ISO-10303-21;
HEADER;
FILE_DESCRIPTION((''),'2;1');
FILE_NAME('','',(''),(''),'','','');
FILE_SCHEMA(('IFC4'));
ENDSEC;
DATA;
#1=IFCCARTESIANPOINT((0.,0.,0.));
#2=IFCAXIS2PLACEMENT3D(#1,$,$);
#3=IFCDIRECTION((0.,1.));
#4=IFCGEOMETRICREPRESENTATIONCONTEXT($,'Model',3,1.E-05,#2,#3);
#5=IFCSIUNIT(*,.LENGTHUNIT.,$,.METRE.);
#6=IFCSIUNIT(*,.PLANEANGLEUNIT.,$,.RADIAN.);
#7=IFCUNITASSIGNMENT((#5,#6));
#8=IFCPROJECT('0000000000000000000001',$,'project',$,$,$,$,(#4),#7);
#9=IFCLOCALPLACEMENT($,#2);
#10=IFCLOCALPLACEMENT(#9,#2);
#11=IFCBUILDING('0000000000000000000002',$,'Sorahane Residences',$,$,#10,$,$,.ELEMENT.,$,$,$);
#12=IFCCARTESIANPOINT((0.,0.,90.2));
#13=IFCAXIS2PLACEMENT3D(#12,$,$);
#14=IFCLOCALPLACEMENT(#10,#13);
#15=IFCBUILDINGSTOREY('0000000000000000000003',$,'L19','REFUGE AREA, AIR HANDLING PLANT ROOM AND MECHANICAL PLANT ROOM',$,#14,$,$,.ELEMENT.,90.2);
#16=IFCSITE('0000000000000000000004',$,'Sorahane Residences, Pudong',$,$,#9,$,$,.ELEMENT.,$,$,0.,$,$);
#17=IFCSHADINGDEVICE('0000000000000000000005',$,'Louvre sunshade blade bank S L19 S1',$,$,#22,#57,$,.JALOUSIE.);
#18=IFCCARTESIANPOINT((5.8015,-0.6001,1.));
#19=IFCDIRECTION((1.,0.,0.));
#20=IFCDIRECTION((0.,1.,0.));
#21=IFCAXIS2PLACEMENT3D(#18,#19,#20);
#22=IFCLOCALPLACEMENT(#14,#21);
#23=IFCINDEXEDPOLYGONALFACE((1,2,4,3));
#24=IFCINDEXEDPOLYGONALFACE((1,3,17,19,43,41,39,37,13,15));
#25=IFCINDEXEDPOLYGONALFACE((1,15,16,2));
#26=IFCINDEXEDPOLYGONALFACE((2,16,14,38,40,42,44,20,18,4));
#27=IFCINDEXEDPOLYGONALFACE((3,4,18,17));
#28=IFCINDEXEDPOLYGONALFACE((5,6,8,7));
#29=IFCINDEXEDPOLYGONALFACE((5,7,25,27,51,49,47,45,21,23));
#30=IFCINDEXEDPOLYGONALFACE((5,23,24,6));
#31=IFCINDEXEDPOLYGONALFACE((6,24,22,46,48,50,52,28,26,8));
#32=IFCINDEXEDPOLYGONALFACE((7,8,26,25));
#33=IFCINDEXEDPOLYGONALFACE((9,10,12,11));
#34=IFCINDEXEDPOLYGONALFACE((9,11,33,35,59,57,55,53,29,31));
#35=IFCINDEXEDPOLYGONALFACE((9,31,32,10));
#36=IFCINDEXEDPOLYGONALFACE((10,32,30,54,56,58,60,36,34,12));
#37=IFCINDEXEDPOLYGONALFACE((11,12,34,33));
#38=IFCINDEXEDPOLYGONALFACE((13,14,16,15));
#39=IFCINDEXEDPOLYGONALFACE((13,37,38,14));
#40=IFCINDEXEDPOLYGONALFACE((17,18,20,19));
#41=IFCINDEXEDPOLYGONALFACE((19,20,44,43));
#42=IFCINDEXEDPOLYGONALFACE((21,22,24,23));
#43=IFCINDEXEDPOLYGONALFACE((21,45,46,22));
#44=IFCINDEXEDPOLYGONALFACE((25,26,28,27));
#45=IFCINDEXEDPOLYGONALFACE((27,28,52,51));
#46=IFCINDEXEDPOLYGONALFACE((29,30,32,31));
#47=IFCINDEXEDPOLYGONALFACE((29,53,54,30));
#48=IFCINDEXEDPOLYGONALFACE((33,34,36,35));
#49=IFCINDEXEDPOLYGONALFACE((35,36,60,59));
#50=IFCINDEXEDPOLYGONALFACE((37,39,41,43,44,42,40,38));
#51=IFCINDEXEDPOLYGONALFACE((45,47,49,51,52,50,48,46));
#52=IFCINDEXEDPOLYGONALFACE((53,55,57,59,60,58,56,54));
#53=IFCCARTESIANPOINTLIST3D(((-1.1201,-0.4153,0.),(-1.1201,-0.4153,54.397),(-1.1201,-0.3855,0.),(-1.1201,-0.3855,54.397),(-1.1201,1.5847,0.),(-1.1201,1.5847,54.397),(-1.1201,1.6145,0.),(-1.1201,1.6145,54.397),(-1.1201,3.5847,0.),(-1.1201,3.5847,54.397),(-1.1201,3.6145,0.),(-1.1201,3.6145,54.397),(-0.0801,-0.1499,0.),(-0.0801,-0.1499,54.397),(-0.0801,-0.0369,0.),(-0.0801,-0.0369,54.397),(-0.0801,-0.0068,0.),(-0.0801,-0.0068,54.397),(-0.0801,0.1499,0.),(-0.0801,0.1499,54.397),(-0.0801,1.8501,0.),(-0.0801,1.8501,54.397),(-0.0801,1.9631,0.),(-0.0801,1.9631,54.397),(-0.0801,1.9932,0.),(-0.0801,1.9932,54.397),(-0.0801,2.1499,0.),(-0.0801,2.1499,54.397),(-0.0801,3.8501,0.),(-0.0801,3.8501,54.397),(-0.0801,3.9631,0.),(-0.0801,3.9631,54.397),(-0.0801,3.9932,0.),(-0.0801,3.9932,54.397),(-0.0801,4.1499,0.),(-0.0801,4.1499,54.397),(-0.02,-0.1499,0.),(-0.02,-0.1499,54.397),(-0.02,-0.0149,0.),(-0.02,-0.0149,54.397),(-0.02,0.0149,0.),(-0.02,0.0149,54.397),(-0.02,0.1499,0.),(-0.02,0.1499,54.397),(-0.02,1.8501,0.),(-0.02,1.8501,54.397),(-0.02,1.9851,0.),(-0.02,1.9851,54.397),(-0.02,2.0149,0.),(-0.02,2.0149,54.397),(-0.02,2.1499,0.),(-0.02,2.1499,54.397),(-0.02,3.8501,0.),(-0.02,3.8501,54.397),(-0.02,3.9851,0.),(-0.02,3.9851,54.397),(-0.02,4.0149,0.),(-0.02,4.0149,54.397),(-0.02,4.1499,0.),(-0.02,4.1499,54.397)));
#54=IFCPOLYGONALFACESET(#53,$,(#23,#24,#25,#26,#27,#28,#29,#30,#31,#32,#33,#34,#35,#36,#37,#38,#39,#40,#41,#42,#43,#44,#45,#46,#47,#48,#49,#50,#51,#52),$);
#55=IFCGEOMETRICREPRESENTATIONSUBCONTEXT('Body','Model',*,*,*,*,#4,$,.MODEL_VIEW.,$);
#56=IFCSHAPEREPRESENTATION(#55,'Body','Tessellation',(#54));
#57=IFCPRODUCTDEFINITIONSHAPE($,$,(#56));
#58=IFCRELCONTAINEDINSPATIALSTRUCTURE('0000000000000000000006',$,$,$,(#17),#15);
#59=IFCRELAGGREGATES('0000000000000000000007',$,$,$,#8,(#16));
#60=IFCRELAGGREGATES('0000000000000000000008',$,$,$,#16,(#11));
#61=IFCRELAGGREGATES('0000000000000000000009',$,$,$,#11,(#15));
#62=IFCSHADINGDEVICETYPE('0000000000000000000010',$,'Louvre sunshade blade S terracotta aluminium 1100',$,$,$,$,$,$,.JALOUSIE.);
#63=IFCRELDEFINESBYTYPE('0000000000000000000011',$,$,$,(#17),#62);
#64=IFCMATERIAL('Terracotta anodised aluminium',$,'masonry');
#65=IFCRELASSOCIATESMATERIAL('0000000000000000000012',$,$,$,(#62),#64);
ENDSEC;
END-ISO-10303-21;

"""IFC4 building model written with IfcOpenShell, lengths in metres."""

from ifc_helpers import new_model, si_unit, direction, frame, origin, place, context, subcontext, project, spatial, polyline, outline, composite_profile, extrude, material, type_object, element, save


model = new_model("IFC4")

# Units and contexts
model_context = context("Model", 3, precision=1e-05, world=origin(), true_north=direction((0.0, 1.0)))
body_context = subcontext(model_context, "Body", "Model", "MODEL_VIEW")
ifc_project = project(units=[si_unit("LENGTHUNIT", "METRE"), si_unit("PLANEANGLEUNIT", "RADIAN")], contexts=[model_context])

# Site, building, storey
site_placement = place(None, origin())
site = spatial("IfcSite", under=ifc_project, at=site_placement, Name="Sorahane Residences, Pudong", CompositionType="ELEMENT", RefElevation=0.0)
building_placement = place(site_placement, origin())
building = spatial("IfcBuilding", under=site, at=building_placement, Name="Sorahane Residences", CompositionType="ELEMENT")
storey_placement = place(building_placement, frame((0.0, 0.0, 90.2)))
storey = spatial("IfcBuildingStorey", under=building, at=storey_placement, Name="L19", Description="REFUGE AREA, AIR HANDLING PLANT ROOM AND MECHANICAL PLANT ROOM", CompositionType="ELEMENT", Elevation=90.2)

# Shading device
ifc_material_1 = material(Name="Terracotta anodised aluminium", Category="masonry")
shading_device_type = type_object("IfcShadingDeviceType", Name="Louvre sunshade blade S terracotta aluminium 1100", PredefinedType="JALOUSIE", material=ifc_material_1)
shading_device_placement = place(storey_placement, frame((5.8015, -0.6001, 1.0), z_axis=(1.0, 0.0, 0.0), x_axis=(0.0, 1.0, 0.0)))
element("IfcShadingDevice", 1, at=shading_device_placement, inside=storey, type_object=shading_device_type, Name="Louvre sunshade blade bank S L19 S1", PredefinedType="JALOUSIE", context=body_context, shape_type="SweptSolid", body=[
    extrude(composite_profile([outline(polyline([(-1.1201, -0.3855), (-1.1201, -0.4153), (-0.0801, -0.0369), (-0.0801, -0.1499), (-0.02, -0.1499), (-0.02, -0.0149), (-0.02, 0.0149), (-0.02, 0.1499), (-0.0801, 0.1499), (-0.0801, -0.0068), (-1.1201, -0.3855)])), outline(polyline([(-1.1201, 1.6145), (-1.1201, 1.5847), (-0.0801, 1.9631), (-0.0801, 1.8501), (-0.02, 1.8501), (-0.02, 1.9851), (-0.02, 2.0149), (-0.02, 2.1499), (-0.0801, 2.1499), (-0.0801, 1.9932), (-1.1201, 1.6145)])), outline(polyline([(-1.1201, 3.6145), (-1.1201, 3.5847), (-0.0801, 3.9631), (-0.0801, 3.8501), (-0.02, 3.8501), (-0.02, 3.9851), (-0.02, 4.0149), (-0.02, 4.1499), (-0.0801, 4.1499), (-0.0801, 3.9932), (-1.1201, 3.6145)]))]), origin(), (0.0, 0.0, 1.0), 54.397),
])

save(model, "model.ifc")
